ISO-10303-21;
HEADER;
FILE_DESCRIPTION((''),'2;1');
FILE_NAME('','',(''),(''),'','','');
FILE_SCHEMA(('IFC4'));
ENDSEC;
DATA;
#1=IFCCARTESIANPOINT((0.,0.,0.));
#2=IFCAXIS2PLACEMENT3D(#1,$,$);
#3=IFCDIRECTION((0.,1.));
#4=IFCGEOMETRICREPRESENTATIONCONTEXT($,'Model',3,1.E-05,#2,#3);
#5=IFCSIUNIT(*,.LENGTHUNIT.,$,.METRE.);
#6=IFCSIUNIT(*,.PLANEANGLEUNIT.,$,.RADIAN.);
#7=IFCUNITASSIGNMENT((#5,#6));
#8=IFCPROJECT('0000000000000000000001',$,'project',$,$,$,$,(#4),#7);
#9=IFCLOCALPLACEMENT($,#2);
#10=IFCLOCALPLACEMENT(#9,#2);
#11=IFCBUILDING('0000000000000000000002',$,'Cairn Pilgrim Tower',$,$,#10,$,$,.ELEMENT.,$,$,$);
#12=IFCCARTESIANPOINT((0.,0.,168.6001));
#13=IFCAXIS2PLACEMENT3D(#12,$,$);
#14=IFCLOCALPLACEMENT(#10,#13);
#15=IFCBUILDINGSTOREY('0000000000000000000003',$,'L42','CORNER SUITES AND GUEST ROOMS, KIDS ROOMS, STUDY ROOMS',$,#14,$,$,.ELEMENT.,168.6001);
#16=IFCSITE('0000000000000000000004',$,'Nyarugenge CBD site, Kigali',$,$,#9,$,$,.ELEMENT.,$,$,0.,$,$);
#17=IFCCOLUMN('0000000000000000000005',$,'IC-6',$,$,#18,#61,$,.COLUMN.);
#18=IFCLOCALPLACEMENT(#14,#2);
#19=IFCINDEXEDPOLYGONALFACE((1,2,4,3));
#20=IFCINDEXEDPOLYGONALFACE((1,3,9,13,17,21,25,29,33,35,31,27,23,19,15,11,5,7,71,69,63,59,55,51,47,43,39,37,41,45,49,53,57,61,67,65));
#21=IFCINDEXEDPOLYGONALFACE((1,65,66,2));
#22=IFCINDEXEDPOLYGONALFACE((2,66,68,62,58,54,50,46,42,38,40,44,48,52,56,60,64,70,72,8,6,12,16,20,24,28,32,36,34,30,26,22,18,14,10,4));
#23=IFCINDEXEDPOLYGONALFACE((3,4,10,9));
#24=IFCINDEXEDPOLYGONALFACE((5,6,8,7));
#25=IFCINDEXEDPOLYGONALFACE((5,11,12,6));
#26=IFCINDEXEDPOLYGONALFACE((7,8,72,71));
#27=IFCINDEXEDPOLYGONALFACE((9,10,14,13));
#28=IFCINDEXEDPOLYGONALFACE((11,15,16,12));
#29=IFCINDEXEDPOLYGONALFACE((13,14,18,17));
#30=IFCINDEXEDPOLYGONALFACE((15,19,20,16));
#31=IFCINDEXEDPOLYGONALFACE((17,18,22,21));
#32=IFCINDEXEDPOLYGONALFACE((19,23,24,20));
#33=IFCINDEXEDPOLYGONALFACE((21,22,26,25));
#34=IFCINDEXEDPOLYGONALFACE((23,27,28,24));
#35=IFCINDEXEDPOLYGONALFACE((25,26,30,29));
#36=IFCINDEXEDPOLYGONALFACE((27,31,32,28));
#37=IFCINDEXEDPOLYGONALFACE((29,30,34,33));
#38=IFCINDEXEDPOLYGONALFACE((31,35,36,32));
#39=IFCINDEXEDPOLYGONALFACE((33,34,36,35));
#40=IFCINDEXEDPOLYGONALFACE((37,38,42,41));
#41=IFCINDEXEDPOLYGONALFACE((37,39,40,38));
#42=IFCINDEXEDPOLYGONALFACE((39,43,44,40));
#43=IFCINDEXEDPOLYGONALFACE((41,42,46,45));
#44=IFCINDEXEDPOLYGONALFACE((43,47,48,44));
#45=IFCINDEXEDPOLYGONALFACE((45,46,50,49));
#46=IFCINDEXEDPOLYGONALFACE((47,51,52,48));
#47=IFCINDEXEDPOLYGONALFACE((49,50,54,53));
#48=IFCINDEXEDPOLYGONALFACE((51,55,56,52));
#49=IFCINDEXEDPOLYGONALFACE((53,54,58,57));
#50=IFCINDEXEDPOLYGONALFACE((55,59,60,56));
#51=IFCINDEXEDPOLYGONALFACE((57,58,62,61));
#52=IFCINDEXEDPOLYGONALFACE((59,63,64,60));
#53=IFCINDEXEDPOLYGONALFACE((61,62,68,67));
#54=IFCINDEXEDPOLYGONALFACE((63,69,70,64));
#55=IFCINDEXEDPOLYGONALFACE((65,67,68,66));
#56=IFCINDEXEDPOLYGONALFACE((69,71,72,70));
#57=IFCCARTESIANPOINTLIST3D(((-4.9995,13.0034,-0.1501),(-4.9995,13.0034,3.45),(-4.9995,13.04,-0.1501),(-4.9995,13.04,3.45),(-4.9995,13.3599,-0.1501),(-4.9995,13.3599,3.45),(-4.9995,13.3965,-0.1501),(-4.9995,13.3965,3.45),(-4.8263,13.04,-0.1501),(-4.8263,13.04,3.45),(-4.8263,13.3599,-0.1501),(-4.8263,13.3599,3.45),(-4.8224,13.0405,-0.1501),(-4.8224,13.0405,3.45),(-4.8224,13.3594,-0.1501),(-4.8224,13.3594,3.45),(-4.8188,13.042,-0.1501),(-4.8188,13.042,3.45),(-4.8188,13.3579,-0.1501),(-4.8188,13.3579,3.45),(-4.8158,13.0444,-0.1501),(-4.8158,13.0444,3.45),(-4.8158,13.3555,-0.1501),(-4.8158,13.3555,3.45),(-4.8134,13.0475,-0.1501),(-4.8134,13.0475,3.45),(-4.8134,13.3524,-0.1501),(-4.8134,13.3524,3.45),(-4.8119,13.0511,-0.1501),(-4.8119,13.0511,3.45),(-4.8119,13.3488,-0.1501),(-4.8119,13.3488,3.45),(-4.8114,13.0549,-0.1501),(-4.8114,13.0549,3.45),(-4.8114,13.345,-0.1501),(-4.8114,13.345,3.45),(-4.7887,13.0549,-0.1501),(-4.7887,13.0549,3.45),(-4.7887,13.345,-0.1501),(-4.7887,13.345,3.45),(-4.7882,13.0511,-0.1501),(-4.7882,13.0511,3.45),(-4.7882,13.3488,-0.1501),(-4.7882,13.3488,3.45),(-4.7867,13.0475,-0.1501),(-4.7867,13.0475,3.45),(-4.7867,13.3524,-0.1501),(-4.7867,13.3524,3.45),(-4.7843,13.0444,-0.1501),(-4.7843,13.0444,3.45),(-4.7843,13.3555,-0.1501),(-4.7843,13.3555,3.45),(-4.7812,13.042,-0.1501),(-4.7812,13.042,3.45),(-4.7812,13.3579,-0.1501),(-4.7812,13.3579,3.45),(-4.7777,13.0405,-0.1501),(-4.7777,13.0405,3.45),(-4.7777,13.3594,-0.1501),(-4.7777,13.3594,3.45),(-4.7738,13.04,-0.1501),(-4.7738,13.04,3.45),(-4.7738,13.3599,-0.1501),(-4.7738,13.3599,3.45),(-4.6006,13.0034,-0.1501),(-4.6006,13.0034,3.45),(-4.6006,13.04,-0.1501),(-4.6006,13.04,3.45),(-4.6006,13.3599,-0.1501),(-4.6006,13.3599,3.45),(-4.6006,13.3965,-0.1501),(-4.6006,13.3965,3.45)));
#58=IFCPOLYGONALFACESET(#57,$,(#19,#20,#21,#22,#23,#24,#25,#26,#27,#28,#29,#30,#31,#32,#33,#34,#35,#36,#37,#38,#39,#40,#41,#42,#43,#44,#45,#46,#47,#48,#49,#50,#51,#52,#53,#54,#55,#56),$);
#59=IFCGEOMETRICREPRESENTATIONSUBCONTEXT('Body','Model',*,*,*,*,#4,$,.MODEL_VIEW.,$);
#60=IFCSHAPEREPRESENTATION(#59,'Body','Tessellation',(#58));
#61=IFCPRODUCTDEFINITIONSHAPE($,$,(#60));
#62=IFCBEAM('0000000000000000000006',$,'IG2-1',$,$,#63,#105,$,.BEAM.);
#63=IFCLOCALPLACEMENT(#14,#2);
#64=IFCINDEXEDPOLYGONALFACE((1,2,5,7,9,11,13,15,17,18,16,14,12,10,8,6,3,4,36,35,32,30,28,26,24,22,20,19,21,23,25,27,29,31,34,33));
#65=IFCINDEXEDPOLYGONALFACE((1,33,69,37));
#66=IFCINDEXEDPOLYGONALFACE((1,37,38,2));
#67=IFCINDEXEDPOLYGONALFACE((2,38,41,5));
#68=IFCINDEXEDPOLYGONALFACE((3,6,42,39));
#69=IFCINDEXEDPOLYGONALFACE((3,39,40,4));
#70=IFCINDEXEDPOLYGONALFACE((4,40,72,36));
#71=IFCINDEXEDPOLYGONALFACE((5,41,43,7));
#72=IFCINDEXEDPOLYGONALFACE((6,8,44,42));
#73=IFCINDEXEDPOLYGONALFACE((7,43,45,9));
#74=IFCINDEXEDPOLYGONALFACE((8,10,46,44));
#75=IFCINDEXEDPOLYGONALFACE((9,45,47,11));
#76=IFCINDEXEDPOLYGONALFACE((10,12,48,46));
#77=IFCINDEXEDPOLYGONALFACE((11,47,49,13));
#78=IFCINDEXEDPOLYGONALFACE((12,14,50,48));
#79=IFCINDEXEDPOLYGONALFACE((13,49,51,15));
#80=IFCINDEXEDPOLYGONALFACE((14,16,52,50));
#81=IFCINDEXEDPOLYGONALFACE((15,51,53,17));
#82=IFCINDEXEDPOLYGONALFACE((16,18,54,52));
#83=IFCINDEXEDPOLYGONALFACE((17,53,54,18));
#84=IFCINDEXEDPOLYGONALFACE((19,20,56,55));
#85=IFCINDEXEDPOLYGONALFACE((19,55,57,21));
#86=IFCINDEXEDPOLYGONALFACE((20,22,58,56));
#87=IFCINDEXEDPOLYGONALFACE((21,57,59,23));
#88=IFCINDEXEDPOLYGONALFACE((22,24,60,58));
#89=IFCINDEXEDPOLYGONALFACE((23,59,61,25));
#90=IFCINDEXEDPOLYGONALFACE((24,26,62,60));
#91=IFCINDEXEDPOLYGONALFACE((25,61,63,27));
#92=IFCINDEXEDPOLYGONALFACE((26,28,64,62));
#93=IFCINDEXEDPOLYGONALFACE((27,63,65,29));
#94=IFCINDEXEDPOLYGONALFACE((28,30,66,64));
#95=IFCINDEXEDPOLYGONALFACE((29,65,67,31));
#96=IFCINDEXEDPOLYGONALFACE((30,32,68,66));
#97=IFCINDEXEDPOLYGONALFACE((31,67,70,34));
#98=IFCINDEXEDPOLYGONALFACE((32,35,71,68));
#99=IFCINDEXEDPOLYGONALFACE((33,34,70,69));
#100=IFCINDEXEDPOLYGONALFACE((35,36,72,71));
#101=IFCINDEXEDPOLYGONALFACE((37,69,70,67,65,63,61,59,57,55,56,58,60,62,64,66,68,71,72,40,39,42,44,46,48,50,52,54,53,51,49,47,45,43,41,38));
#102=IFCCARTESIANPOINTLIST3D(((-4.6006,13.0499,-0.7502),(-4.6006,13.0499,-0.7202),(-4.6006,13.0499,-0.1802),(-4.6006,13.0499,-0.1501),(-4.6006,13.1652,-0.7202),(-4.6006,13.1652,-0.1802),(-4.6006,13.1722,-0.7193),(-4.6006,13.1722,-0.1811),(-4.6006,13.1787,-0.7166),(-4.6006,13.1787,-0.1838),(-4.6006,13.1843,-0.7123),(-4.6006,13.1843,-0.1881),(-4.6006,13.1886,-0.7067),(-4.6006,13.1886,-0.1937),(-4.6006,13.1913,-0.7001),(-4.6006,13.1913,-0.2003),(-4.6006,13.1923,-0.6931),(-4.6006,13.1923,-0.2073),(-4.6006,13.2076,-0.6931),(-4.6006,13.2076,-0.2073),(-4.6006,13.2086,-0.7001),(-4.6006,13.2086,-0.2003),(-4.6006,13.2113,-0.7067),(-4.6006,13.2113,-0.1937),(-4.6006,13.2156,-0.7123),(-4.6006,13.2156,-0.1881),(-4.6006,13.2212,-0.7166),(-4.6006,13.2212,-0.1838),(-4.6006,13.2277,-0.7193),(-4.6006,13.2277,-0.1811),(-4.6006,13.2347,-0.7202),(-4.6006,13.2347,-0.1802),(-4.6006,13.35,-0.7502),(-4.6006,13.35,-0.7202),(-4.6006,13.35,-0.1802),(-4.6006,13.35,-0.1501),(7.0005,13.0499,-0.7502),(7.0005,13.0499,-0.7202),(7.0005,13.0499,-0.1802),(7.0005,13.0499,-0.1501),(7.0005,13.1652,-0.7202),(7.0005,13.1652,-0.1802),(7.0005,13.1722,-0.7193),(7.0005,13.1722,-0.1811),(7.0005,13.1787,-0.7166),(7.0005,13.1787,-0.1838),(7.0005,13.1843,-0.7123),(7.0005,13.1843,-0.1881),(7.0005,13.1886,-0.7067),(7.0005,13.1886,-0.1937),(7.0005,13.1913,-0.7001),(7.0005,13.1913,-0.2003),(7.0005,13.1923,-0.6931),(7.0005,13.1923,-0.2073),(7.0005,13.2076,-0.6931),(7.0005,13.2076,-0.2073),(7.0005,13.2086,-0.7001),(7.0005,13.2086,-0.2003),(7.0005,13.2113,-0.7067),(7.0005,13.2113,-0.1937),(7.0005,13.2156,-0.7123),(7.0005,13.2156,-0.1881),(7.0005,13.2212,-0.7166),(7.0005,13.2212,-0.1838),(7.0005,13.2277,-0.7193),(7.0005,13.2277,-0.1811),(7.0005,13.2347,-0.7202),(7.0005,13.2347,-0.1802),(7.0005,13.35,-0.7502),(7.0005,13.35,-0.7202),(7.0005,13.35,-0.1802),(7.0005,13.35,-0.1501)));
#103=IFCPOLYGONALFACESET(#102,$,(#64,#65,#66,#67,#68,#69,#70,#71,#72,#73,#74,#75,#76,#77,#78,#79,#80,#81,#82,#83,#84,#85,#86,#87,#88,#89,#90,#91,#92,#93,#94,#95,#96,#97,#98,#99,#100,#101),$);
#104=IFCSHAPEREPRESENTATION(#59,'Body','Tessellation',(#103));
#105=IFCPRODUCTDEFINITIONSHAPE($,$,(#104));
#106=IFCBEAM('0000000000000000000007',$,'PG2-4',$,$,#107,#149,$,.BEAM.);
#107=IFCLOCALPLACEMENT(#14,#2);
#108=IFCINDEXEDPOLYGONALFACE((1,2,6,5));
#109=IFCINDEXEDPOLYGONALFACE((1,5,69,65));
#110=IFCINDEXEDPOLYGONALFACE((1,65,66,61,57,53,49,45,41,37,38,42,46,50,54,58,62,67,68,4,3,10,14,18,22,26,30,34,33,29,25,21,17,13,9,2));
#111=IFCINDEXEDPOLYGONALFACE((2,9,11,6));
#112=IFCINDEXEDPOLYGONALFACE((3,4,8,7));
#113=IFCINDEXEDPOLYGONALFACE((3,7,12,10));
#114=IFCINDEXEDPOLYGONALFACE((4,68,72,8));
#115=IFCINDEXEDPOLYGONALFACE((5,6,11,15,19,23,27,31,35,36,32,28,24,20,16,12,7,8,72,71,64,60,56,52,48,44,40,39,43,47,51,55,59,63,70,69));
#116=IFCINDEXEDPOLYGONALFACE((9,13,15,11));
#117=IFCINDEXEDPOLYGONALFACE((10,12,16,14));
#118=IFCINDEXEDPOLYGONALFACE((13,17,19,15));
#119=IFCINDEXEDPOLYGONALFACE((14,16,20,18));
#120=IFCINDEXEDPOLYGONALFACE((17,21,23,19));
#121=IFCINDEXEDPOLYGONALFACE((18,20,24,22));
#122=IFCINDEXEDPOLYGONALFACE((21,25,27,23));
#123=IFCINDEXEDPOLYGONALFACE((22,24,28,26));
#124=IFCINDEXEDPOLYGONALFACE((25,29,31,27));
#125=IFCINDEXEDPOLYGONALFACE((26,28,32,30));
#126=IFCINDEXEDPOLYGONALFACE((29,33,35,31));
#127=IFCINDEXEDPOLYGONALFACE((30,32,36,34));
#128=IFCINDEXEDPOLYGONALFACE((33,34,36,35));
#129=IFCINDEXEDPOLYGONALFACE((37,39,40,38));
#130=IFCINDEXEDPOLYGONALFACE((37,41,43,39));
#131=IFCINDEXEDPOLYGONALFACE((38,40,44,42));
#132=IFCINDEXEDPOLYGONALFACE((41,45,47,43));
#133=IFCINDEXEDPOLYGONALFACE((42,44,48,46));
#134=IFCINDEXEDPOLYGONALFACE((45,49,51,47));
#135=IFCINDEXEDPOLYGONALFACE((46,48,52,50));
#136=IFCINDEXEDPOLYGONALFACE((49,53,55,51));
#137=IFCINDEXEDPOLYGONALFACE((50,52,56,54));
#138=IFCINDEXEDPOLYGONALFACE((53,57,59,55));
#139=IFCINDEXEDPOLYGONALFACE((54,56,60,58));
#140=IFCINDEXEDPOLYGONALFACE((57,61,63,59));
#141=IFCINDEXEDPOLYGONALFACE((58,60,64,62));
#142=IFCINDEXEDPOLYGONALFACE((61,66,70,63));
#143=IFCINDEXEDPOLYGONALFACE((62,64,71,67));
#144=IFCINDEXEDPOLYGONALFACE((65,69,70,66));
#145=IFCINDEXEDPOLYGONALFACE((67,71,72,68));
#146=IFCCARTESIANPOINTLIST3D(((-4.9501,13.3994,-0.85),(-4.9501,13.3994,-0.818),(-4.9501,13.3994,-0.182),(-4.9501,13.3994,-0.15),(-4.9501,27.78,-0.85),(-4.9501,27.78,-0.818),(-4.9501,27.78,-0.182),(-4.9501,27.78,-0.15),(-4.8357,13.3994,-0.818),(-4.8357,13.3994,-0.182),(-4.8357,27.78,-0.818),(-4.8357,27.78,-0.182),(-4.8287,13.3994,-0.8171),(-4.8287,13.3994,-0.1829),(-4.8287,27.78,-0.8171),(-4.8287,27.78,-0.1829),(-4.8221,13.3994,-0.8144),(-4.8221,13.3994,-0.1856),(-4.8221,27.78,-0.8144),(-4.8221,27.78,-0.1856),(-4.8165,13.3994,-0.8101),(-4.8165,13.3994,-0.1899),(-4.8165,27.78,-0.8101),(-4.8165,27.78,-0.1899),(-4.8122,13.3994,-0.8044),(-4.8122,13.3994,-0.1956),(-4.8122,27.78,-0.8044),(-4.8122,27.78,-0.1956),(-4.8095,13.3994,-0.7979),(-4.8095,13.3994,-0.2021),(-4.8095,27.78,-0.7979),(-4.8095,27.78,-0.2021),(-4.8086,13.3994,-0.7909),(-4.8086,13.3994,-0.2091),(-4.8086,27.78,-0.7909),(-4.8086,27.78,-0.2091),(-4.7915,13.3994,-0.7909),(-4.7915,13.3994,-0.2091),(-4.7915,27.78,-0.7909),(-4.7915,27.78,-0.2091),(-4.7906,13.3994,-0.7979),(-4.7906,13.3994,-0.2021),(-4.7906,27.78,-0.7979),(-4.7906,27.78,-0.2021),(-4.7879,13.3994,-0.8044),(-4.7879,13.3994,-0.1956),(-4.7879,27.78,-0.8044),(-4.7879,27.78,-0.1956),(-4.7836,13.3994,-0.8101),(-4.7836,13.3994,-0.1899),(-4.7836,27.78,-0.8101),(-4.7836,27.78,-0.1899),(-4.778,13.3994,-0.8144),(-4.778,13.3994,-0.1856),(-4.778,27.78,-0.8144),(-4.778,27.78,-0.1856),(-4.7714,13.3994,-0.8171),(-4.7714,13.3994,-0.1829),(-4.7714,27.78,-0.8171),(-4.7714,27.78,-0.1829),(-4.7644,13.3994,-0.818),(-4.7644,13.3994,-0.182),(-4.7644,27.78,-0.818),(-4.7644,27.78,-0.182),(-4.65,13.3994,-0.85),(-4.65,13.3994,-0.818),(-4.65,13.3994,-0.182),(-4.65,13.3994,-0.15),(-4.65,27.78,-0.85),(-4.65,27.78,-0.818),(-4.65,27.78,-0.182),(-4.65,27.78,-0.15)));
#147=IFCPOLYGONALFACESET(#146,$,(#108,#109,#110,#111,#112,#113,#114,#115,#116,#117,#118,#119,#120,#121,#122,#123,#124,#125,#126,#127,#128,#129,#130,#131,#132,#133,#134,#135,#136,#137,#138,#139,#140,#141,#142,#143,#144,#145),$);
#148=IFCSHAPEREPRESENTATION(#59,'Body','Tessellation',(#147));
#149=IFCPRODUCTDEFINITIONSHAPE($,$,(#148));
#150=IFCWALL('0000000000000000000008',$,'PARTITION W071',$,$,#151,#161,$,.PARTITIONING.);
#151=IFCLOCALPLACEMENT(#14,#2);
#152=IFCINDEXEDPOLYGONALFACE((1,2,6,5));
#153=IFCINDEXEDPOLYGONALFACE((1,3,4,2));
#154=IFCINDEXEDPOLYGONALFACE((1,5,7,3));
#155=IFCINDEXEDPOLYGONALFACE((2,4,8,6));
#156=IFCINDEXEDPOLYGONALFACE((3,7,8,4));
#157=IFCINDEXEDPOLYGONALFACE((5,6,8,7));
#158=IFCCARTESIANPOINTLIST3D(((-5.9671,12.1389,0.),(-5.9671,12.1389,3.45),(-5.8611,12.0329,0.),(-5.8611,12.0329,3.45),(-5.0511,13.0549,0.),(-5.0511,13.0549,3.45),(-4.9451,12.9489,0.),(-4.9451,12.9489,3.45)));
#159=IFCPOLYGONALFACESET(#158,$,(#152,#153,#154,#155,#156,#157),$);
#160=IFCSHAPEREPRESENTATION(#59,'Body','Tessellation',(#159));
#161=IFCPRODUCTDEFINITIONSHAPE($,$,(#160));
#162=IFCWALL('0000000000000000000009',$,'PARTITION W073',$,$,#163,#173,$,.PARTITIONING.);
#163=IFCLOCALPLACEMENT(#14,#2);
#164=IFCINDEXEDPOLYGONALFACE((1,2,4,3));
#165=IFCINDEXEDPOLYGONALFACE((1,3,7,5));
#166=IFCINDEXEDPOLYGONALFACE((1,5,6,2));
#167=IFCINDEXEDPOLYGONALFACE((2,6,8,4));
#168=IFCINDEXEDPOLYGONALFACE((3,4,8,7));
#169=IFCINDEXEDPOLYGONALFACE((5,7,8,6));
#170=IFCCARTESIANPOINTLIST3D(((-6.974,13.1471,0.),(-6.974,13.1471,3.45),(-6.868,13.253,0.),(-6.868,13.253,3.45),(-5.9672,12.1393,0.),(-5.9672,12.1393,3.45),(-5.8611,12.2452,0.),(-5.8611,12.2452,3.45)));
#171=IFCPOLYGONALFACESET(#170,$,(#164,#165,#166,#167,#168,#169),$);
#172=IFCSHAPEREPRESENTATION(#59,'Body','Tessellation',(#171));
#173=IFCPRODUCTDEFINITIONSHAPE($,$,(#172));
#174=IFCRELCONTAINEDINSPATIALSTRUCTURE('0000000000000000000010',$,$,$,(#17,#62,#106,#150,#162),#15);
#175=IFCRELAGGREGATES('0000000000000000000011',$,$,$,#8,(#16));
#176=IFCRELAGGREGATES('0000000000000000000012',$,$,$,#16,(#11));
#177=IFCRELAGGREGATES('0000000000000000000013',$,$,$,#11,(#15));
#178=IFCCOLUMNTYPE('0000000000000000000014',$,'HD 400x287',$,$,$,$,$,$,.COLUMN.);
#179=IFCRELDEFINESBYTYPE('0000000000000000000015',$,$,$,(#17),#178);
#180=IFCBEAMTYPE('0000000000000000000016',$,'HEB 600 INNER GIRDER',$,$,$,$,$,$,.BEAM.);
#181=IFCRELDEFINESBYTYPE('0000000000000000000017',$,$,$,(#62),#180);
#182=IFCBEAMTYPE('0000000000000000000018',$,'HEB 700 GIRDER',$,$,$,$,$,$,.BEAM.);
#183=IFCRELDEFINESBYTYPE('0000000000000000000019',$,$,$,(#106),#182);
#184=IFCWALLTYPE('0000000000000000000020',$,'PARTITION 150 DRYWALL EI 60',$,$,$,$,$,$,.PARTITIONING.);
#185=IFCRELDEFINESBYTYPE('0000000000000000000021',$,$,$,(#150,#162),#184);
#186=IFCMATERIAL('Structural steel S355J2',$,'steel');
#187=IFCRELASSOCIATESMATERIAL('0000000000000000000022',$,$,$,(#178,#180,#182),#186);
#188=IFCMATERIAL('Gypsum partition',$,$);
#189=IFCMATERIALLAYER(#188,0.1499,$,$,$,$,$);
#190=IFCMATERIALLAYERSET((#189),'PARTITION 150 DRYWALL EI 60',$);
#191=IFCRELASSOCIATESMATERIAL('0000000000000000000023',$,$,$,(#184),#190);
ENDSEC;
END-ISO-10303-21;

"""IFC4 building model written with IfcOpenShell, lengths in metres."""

from ifc_helpers import new_model, si_unit, direction, frame, frame_2d, origin, origin_2d, place, context, subcontext, project, spatial, rectangle, i_section, extrude, material, layer, layer_set, material_profile, profile_set, type_object, element, save


model = new_model("IFC4")

# Units and contexts
model_context = context("Model", 3, precision=1e-05, world=origin(), true_north=direction((0.0, 1.0)))
body_context = subcontext(model_context, "Body", "Model", "MODEL_VIEW")
ifc_project = project(units=[si_unit("LENGTHUNIT", "METRE"), si_unit("PLANEANGLEUNIT", "RADIAN")], contexts=[model_context])

# Site, building, storey
site_placement = place(None, origin())
site = spatial("IfcSite", under=ifc_project, at=site_placement, Name="Nyarugenge CBD site, Kigali", CompositionType="ELEMENT", RefElevation=0.0)
building_placement = place(site_placement, origin())
building = spatial("IfcBuilding", under=site, at=building_placement, Name="Cairn Pilgrim Tower", CompositionType="ELEMENT")
storey_placement = place(building_placement, frame((0.0, 0.0, 168.6001)))
storey = spatial("IfcBuildingStorey", under=building, at=storey_placement, Name="L42", Description="CORNER SUITES AND GUEST ROOMS, KIDS ROOMS, STUDY ROOMS", CompositionType="ELEMENT", Elevation=168.6001)

# Column
ifc_material_1 = material(Name="Structural steel S355J2", Category="steel")
ifc_material_profile_1 = material_profile(ifc_material_1, i_section(OverallWidth=0.3989, OverallDepth=0.3931, WebThickness=0.0227, FlangeThickness=0.0366, FilletRadius=0.0149, at=origin_2d()), Name="HD 400x287")
ifc_profile_set_1 = profile_set([ifc_material_profile_1], Name="Structural steel S355J2")
column_type = type_object("IfcColumnType", Name="HD 400x287", PredefinedType="COLUMN", material=ifc_profile_set_1)
column_placement = place(storey_placement, frame((-4.8, 13.2, -0.1501), z_axis=(0.0, 0.0, 1.0), x_axis=(1.0, 0.0, 0.0)))
element("IfcColumn", 1, at=column_placement, inside=storey, type_object=column_type, Name="IC-6", PredefinedType="COLUMN", context=body_context, shape_type="SweptSolid", body=[
    extrude(i_section(OverallWidth=0.3989, OverallDepth=0.3931, WebThickness=0.0227, FlangeThickness=0.0366, FilletRadius=0.0149, at=origin_2d()), origin(), (0.0, 0.0, 1.0), 3.6001),
])

# Beams
ifc_material_profile_2 = material_profile(ifc_material_1, i_section(OverallWidth=0.3, OverallDepth=0.6001, WebThickness=0.0154, FlangeThickness=0.03, FilletRadius=0.0271, at=origin_2d()), Name="HEB 600")
ifc_profile_set_2 = profile_set([ifc_material_profile_2], Name="Structural steel S355J2")
beam_type_1 = type_object("IfcBeamType", Name="HEB 600 INNER GIRDER", PredefinedType="BEAM", material=ifc_profile_set_2)
beam_1_placement = place(storey_placement, frame((-4.6006, 13.2, -0.4502), z_axis=(1.0, 0.0, 0.0), x_axis=(0.0, 1.0, 0.0)))
element("IfcBeam", 2, at=beam_1_placement, inside=storey, type_object=beam_type_1, Name="IG2-1", PredefinedType="BEAM", context=body_context, shape_type="SweptSolid", body=[
    extrude(i_section(OverallWidth=0.3, OverallDepth=0.6001, WebThickness=0.0154, FlangeThickness=0.03, FilletRadius=0.0271, at=origin_2d()), origin(), (0.0, 0.0, 1.0), 11.6011),
])
ifc_material_profile_3 = material_profile(ifc_material_1, i_section(OverallWidth=0.3, OverallDepth=0.7, WebThickness=0.0171, FlangeThickness=0.032, FilletRadius=0.0271, at=origin_2d()), Name="HEB 700")
ifc_profile_set_3 = profile_set([ifc_material_profile_3], Name="Structural steel S355J2")
beam_type_2 = type_object("IfcBeamType", Name="HEB 700 GIRDER", PredefinedType="BEAM", material=ifc_profile_set_3)
beam_2_placement = place(storey_placement, frame((-4.8, 13.3994, -0.5), z_axis=(0.0, 1.0, 0.0), x_axis=(-1.0, 0.0, 0.0)))
element("IfcBeam", 3, at=beam_2_placement, inside=storey, type_object=beam_type_2, Name="PG2-4", PredefinedType="BEAM", context=body_context, shape_type="SweptSolid", body=[
    extrude(i_section(OverallWidth=0.3, OverallDepth=0.7, WebThickness=0.0171, FlangeThickness=0.032, FilletRadius=0.0271, at=origin_2d()), origin(), (0.0, 0.0, 1.0), 14.3806),
])

# Walls
ifc_material_2 = material(Name="Gypsum partition")
ifc_layer_1 = layer(ifc_material_2, 0.1499)
ifc_layer_set_1 = layer_set([ifc_layer_1], Name="PARTITION 150 DRYWALL EI 60")
wall_type_1 = type_object("IfcWallType", Name="PARTITION 150 DRYWALL EI 60", PredefinedType="PARTITIONING", material=ifc_layer_set_1)
wall_1_placement = place(storey_placement, frame((-5.9141, 12.0859, 0.0), z_axis=(0.0, 0.0, 1.0), x_axis=(0.707107, 0.707107, 0.0)))
element("IfcWall", 4, at=wall_1_placement, inside=storey, type_object=wall_type_1, Name="PARTITION W071", PredefinedType="PARTITIONING", context=body_context, shape_type="SweptSolid", body=[
    extrude(rectangle(XDim=1.2954, YDim=0.1499, at=frame_2d((0.6477, 0.0))), origin(), (0.0, 0.0, 1.0), 3.45),
])
wall_2_placement = place(storey_placement, frame((-5.9141, 12.1921, 0.0), z_axis=(0.0, 0.0, 1.0), x_axis=(-0.706764, 0.707449, 0.0)))
element("IfcWall", 5, at=wall_2_placement, inside=storey, type_object=wall_type_1, Name="PARTITION W073", PredefinedType="PARTITIONING", context=body_context, shape_type="SweptSolid", body=[
    extrude(rectangle(XDim=1.4246, YDim=0.1499, at=frame_2d((0.7124, 0.0))), origin(), (0.0, 0.0, 1.0), 3.45),
])

save(model, "model.ifc")
